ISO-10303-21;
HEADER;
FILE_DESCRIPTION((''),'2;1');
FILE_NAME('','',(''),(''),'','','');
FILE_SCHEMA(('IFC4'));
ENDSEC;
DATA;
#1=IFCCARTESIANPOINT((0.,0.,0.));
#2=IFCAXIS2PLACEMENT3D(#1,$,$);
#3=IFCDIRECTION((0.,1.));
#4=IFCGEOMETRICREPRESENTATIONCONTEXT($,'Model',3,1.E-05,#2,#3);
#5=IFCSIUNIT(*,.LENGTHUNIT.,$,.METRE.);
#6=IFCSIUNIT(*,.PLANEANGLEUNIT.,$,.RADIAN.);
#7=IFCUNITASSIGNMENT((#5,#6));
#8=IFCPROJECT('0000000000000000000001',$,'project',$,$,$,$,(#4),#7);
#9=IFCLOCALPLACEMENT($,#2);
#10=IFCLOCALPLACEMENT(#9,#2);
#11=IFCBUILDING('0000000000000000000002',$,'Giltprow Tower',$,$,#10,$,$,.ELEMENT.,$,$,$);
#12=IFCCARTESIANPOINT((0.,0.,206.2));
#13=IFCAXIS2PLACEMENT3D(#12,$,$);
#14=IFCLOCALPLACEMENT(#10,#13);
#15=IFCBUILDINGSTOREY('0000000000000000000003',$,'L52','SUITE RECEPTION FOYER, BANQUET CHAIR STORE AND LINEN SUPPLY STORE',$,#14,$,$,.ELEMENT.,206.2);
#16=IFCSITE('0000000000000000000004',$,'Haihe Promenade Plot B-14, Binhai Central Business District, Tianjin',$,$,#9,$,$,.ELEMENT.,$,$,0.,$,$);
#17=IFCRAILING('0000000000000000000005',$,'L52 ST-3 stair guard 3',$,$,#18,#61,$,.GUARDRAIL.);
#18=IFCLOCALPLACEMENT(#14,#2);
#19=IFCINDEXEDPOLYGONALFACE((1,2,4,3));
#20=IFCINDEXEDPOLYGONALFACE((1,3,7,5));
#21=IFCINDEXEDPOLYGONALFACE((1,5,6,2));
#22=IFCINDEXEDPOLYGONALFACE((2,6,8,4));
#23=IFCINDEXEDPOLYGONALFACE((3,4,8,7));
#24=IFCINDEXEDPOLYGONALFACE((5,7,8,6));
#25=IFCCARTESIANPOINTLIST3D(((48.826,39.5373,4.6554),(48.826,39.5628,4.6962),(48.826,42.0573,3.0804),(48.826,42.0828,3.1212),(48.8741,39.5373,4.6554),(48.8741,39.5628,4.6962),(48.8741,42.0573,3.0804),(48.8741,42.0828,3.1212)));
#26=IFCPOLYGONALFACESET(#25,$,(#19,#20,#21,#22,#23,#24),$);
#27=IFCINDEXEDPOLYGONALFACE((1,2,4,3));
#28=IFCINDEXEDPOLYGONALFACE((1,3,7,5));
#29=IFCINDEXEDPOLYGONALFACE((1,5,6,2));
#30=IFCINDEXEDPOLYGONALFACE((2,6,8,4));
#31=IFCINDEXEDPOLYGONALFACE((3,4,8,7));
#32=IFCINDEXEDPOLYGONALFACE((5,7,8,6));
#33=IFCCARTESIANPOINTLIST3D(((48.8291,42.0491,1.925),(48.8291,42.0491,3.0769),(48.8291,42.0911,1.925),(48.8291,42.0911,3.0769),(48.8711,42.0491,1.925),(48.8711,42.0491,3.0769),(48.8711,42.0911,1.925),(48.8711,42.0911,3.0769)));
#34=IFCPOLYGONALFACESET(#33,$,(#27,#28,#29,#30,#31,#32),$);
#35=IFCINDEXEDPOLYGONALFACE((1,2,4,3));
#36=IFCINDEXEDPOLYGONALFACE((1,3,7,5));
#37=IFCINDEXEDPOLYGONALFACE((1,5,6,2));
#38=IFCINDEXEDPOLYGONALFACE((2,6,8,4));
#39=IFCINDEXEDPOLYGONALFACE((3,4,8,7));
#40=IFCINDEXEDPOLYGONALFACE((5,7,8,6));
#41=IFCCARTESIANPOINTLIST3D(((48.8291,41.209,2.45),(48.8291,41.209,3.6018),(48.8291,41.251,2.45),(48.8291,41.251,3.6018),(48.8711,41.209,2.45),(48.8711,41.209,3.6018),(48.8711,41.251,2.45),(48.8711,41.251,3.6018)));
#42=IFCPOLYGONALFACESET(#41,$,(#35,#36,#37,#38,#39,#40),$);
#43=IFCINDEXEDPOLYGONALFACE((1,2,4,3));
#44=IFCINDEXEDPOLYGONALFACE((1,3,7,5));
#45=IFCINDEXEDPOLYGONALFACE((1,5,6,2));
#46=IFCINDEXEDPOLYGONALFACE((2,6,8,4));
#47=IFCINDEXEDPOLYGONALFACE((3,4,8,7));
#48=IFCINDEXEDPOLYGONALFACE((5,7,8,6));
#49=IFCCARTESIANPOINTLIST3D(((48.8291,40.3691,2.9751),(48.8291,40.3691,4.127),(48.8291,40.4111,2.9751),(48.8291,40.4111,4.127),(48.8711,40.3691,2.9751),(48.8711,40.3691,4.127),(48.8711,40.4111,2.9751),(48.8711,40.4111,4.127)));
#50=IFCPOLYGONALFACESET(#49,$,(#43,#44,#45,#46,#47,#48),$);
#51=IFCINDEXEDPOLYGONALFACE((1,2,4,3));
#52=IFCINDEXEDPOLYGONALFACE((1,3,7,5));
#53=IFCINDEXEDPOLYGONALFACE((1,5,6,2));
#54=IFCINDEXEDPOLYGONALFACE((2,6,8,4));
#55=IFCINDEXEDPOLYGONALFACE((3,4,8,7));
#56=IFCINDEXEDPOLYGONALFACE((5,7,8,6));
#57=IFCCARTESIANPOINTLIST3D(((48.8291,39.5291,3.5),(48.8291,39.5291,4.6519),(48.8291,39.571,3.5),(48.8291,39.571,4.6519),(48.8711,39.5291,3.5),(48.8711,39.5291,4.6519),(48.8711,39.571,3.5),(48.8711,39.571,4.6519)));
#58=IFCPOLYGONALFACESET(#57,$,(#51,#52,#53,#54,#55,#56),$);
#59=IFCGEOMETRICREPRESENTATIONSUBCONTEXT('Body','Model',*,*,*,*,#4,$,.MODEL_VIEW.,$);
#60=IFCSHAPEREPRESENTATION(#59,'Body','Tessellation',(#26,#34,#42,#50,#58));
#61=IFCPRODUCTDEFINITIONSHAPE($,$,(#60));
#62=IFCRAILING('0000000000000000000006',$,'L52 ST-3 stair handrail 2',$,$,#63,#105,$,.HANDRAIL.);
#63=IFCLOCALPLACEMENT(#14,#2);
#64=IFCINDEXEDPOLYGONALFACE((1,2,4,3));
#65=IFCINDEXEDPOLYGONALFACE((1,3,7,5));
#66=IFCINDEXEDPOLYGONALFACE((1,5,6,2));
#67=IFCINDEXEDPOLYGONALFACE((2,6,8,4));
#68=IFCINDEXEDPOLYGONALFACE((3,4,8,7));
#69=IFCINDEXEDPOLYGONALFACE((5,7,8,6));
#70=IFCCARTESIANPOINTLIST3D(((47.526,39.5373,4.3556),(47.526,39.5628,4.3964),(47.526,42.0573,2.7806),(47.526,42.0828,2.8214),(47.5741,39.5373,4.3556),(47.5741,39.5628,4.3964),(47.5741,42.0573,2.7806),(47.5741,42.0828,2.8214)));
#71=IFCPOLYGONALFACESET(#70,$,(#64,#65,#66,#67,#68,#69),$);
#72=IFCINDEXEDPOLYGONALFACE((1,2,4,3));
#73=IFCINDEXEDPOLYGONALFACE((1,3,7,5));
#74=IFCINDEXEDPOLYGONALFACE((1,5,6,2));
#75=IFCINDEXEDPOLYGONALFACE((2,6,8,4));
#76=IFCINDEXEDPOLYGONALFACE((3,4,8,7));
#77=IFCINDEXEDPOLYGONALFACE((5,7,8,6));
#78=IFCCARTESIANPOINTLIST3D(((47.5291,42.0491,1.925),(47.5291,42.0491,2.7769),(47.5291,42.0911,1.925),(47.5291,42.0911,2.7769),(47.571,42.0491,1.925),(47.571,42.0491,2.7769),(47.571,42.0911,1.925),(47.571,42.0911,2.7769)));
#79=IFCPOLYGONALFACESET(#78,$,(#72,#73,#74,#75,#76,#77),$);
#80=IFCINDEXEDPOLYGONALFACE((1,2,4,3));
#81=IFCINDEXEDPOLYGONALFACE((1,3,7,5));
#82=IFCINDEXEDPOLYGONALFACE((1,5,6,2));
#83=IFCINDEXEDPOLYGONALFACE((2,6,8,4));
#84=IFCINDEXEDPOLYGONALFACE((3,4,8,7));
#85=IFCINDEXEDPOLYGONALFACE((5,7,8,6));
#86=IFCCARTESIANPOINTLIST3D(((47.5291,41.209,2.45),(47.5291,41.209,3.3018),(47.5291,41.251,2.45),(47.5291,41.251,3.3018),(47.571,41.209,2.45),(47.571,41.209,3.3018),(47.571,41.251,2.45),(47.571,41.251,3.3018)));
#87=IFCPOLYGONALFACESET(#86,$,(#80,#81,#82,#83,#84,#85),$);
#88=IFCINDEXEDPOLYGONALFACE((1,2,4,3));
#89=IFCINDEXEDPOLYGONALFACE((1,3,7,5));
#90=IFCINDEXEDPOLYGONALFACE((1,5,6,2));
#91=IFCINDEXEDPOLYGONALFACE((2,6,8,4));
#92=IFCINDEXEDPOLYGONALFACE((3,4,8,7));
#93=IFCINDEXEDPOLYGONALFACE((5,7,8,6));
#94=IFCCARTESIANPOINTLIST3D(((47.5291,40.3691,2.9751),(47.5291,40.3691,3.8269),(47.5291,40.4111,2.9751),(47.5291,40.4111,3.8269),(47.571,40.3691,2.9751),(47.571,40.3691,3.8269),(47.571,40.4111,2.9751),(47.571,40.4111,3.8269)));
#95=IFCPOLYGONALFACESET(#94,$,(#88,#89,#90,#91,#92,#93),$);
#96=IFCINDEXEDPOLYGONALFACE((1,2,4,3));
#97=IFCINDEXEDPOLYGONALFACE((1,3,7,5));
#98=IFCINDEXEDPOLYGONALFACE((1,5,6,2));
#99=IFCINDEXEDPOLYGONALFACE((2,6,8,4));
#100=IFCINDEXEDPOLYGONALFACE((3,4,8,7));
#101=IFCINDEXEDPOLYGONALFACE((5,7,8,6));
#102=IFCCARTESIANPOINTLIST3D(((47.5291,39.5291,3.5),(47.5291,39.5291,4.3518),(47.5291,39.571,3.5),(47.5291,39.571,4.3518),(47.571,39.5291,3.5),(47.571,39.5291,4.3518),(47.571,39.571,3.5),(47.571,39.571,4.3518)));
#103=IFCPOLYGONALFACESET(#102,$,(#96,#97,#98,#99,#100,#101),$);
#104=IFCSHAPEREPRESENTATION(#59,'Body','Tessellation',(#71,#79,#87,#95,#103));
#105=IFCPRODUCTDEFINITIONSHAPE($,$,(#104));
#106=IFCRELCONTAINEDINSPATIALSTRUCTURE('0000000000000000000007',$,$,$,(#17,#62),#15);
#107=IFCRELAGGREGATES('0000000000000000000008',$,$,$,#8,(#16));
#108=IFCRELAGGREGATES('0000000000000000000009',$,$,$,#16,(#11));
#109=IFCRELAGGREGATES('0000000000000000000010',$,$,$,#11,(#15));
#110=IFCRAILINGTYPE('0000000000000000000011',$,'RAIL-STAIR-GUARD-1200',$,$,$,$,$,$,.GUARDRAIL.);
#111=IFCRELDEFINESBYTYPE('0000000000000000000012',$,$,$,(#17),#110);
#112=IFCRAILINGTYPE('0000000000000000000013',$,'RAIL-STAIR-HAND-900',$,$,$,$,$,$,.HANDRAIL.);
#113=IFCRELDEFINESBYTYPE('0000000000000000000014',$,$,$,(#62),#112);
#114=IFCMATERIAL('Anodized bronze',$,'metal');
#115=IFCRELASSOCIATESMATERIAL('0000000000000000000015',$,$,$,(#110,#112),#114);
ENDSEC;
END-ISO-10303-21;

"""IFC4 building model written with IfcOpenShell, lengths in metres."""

from ifc_helpers import new_model, si_unit, direction, frame, origin, origin_2d, place, context, subcontext, project, spatial, rectangle, extrude, material, type_object, element, save


model = new_model("IFC4")

# Units and contexts
model_context = context("Model", 3, precision=1e-05, world=origin(), true_north=direction((0.0, 1.0)))
body_context = subcontext(model_context, "Body", "Model", "MODEL_VIEW")
ifc_project = project(units=[si_unit("LENGTHUNIT", "METRE"), si_unit("PLANEANGLEUNIT", "RADIAN")], contexts=[model_context])

# Site, building, storey
site_placement = place(None, origin())
site = spatial("IfcSite", under=ifc_project, at=site_placement, Name="Haihe Promenade Plot B-14, Binhai Central Business District, Tianjin", CompositionType="ELEMENT", RefElevation=0.0)
building_placement = place(site_placement, origin())
building = spatial("IfcBuilding", under=site, at=building_placement, Name="Giltprow Tower", CompositionType="ELEMENT")
storey_placement = place(building_placement, frame((0.0, 0.0, 206.2)))
storey = spatial("IfcBuildingStorey", under=building, at=storey_placement, Name="L52", Description="SUITE RECEPTION FOYER, BANQUET CHAIR STORE AND LINEN SUPPLY STORE", CompositionType="ELEMENT", Elevation=206.2)

# Railings
ifc_material_1 = material(Name="Anodized bronze", Category="metal")
railing_type_1 = type_object("IfcRailingType", Name="RAIL-STAIR-GUARD-1200", PredefinedType="GUARDRAIL", material=ifc_material_1)
railing_1_placement = place(storey_placement, frame((48.8501, 42.0701, 1.925)))
element("IfcRailing", 1, at=railing_1_placement, inside=storey, type_object=railing_type_1, Name="L52 ST-3 stair guard 3", PredefinedType="GUARDRAIL", context=body_context, shape_type="SweptSolid", body=[
    extrude(rectangle(XDim=0.0481, YDim=0.0481, at=origin_2d()), frame((0.0, 0.0, 1.1758), z_axis=(0.0, -0.848008, 0.529984), x_axis=(1.0, 0.0, 0.0)), (0.0, 0.0, 1.0), 2.9717),
    extrude(rectangle(XDim=0.042, YDim=0.042, at=origin_2d()), origin(), (0.0, 0.0, 1.0), 1.1519),
    extrude(rectangle(XDim=0.042, YDim=0.042, at=origin_2d()), frame((0.0, -0.8401, 0.5249)), (0.0, 0.0, 1.0), 1.1519),
    extrude(rectangle(XDim=0.042, YDim=0.042, at=origin_2d()), frame((0.0, -1.6799, 1.05)), (0.0, 0.0, 1.0), 1.1519),
    extrude(rectangle(XDim=0.042, YDim=0.042, at=origin_2d()), frame((0.0, -2.52, 1.575)), (0.0, 0.0, 1.0), 1.1519),
])
railing_type_2 = type_object("IfcRailingType", Name="RAIL-STAIR-HAND-900", PredefinedType="HANDRAIL", material=ifc_material_1)
railing_2_placement = place(storey_placement, frame((47.55, 42.0701, 1.925)))
element("IfcRailing", 2, at=railing_2_placement, inside=storey, type_object=railing_type_2, Name="L52 ST-3 stair handrail 2", PredefinedType="HANDRAIL", context=body_context, shape_type="SweptSolid", body=[
    extrude(rectangle(XDim=0.0481, YDim=0.0481, at=origin_2d()), frame((0.0, 0.0, 0.876), z_axis=(0.0, -0.848008, 0.529984), x_axis=(1.0, 0.0, 0.0)), (0.0, 0.0, 1.0), 2.9717),
    extrude(rectangle(XDim=0.042, YDim=0.042, at=origin_2d()), origin(), (0.0, 0.0, 1.0), 0.8518),
    extrude(rectangle(XDim=0.042, YDim=0.042, at=origin_2d()), frame((0.0, -0.8401, 0.5249)), (0.0, 0.0, 1.0), 0.8518),
    extrude(rectangle(XDim=0.042, YDim=0.042, at=origin_2d()), frame((0.0, -1.6799, 1.05)), (0.0, 0.0, 1.0), 0.8518),
    extrude(rectangle(XDim=0.042, YDim=0.042, at=origin_2d()), frame((0.0, -2.52, 1.575)), (0.0, 0.0, 1.0), 0.8518),
])

save(model, "model.ifc")
